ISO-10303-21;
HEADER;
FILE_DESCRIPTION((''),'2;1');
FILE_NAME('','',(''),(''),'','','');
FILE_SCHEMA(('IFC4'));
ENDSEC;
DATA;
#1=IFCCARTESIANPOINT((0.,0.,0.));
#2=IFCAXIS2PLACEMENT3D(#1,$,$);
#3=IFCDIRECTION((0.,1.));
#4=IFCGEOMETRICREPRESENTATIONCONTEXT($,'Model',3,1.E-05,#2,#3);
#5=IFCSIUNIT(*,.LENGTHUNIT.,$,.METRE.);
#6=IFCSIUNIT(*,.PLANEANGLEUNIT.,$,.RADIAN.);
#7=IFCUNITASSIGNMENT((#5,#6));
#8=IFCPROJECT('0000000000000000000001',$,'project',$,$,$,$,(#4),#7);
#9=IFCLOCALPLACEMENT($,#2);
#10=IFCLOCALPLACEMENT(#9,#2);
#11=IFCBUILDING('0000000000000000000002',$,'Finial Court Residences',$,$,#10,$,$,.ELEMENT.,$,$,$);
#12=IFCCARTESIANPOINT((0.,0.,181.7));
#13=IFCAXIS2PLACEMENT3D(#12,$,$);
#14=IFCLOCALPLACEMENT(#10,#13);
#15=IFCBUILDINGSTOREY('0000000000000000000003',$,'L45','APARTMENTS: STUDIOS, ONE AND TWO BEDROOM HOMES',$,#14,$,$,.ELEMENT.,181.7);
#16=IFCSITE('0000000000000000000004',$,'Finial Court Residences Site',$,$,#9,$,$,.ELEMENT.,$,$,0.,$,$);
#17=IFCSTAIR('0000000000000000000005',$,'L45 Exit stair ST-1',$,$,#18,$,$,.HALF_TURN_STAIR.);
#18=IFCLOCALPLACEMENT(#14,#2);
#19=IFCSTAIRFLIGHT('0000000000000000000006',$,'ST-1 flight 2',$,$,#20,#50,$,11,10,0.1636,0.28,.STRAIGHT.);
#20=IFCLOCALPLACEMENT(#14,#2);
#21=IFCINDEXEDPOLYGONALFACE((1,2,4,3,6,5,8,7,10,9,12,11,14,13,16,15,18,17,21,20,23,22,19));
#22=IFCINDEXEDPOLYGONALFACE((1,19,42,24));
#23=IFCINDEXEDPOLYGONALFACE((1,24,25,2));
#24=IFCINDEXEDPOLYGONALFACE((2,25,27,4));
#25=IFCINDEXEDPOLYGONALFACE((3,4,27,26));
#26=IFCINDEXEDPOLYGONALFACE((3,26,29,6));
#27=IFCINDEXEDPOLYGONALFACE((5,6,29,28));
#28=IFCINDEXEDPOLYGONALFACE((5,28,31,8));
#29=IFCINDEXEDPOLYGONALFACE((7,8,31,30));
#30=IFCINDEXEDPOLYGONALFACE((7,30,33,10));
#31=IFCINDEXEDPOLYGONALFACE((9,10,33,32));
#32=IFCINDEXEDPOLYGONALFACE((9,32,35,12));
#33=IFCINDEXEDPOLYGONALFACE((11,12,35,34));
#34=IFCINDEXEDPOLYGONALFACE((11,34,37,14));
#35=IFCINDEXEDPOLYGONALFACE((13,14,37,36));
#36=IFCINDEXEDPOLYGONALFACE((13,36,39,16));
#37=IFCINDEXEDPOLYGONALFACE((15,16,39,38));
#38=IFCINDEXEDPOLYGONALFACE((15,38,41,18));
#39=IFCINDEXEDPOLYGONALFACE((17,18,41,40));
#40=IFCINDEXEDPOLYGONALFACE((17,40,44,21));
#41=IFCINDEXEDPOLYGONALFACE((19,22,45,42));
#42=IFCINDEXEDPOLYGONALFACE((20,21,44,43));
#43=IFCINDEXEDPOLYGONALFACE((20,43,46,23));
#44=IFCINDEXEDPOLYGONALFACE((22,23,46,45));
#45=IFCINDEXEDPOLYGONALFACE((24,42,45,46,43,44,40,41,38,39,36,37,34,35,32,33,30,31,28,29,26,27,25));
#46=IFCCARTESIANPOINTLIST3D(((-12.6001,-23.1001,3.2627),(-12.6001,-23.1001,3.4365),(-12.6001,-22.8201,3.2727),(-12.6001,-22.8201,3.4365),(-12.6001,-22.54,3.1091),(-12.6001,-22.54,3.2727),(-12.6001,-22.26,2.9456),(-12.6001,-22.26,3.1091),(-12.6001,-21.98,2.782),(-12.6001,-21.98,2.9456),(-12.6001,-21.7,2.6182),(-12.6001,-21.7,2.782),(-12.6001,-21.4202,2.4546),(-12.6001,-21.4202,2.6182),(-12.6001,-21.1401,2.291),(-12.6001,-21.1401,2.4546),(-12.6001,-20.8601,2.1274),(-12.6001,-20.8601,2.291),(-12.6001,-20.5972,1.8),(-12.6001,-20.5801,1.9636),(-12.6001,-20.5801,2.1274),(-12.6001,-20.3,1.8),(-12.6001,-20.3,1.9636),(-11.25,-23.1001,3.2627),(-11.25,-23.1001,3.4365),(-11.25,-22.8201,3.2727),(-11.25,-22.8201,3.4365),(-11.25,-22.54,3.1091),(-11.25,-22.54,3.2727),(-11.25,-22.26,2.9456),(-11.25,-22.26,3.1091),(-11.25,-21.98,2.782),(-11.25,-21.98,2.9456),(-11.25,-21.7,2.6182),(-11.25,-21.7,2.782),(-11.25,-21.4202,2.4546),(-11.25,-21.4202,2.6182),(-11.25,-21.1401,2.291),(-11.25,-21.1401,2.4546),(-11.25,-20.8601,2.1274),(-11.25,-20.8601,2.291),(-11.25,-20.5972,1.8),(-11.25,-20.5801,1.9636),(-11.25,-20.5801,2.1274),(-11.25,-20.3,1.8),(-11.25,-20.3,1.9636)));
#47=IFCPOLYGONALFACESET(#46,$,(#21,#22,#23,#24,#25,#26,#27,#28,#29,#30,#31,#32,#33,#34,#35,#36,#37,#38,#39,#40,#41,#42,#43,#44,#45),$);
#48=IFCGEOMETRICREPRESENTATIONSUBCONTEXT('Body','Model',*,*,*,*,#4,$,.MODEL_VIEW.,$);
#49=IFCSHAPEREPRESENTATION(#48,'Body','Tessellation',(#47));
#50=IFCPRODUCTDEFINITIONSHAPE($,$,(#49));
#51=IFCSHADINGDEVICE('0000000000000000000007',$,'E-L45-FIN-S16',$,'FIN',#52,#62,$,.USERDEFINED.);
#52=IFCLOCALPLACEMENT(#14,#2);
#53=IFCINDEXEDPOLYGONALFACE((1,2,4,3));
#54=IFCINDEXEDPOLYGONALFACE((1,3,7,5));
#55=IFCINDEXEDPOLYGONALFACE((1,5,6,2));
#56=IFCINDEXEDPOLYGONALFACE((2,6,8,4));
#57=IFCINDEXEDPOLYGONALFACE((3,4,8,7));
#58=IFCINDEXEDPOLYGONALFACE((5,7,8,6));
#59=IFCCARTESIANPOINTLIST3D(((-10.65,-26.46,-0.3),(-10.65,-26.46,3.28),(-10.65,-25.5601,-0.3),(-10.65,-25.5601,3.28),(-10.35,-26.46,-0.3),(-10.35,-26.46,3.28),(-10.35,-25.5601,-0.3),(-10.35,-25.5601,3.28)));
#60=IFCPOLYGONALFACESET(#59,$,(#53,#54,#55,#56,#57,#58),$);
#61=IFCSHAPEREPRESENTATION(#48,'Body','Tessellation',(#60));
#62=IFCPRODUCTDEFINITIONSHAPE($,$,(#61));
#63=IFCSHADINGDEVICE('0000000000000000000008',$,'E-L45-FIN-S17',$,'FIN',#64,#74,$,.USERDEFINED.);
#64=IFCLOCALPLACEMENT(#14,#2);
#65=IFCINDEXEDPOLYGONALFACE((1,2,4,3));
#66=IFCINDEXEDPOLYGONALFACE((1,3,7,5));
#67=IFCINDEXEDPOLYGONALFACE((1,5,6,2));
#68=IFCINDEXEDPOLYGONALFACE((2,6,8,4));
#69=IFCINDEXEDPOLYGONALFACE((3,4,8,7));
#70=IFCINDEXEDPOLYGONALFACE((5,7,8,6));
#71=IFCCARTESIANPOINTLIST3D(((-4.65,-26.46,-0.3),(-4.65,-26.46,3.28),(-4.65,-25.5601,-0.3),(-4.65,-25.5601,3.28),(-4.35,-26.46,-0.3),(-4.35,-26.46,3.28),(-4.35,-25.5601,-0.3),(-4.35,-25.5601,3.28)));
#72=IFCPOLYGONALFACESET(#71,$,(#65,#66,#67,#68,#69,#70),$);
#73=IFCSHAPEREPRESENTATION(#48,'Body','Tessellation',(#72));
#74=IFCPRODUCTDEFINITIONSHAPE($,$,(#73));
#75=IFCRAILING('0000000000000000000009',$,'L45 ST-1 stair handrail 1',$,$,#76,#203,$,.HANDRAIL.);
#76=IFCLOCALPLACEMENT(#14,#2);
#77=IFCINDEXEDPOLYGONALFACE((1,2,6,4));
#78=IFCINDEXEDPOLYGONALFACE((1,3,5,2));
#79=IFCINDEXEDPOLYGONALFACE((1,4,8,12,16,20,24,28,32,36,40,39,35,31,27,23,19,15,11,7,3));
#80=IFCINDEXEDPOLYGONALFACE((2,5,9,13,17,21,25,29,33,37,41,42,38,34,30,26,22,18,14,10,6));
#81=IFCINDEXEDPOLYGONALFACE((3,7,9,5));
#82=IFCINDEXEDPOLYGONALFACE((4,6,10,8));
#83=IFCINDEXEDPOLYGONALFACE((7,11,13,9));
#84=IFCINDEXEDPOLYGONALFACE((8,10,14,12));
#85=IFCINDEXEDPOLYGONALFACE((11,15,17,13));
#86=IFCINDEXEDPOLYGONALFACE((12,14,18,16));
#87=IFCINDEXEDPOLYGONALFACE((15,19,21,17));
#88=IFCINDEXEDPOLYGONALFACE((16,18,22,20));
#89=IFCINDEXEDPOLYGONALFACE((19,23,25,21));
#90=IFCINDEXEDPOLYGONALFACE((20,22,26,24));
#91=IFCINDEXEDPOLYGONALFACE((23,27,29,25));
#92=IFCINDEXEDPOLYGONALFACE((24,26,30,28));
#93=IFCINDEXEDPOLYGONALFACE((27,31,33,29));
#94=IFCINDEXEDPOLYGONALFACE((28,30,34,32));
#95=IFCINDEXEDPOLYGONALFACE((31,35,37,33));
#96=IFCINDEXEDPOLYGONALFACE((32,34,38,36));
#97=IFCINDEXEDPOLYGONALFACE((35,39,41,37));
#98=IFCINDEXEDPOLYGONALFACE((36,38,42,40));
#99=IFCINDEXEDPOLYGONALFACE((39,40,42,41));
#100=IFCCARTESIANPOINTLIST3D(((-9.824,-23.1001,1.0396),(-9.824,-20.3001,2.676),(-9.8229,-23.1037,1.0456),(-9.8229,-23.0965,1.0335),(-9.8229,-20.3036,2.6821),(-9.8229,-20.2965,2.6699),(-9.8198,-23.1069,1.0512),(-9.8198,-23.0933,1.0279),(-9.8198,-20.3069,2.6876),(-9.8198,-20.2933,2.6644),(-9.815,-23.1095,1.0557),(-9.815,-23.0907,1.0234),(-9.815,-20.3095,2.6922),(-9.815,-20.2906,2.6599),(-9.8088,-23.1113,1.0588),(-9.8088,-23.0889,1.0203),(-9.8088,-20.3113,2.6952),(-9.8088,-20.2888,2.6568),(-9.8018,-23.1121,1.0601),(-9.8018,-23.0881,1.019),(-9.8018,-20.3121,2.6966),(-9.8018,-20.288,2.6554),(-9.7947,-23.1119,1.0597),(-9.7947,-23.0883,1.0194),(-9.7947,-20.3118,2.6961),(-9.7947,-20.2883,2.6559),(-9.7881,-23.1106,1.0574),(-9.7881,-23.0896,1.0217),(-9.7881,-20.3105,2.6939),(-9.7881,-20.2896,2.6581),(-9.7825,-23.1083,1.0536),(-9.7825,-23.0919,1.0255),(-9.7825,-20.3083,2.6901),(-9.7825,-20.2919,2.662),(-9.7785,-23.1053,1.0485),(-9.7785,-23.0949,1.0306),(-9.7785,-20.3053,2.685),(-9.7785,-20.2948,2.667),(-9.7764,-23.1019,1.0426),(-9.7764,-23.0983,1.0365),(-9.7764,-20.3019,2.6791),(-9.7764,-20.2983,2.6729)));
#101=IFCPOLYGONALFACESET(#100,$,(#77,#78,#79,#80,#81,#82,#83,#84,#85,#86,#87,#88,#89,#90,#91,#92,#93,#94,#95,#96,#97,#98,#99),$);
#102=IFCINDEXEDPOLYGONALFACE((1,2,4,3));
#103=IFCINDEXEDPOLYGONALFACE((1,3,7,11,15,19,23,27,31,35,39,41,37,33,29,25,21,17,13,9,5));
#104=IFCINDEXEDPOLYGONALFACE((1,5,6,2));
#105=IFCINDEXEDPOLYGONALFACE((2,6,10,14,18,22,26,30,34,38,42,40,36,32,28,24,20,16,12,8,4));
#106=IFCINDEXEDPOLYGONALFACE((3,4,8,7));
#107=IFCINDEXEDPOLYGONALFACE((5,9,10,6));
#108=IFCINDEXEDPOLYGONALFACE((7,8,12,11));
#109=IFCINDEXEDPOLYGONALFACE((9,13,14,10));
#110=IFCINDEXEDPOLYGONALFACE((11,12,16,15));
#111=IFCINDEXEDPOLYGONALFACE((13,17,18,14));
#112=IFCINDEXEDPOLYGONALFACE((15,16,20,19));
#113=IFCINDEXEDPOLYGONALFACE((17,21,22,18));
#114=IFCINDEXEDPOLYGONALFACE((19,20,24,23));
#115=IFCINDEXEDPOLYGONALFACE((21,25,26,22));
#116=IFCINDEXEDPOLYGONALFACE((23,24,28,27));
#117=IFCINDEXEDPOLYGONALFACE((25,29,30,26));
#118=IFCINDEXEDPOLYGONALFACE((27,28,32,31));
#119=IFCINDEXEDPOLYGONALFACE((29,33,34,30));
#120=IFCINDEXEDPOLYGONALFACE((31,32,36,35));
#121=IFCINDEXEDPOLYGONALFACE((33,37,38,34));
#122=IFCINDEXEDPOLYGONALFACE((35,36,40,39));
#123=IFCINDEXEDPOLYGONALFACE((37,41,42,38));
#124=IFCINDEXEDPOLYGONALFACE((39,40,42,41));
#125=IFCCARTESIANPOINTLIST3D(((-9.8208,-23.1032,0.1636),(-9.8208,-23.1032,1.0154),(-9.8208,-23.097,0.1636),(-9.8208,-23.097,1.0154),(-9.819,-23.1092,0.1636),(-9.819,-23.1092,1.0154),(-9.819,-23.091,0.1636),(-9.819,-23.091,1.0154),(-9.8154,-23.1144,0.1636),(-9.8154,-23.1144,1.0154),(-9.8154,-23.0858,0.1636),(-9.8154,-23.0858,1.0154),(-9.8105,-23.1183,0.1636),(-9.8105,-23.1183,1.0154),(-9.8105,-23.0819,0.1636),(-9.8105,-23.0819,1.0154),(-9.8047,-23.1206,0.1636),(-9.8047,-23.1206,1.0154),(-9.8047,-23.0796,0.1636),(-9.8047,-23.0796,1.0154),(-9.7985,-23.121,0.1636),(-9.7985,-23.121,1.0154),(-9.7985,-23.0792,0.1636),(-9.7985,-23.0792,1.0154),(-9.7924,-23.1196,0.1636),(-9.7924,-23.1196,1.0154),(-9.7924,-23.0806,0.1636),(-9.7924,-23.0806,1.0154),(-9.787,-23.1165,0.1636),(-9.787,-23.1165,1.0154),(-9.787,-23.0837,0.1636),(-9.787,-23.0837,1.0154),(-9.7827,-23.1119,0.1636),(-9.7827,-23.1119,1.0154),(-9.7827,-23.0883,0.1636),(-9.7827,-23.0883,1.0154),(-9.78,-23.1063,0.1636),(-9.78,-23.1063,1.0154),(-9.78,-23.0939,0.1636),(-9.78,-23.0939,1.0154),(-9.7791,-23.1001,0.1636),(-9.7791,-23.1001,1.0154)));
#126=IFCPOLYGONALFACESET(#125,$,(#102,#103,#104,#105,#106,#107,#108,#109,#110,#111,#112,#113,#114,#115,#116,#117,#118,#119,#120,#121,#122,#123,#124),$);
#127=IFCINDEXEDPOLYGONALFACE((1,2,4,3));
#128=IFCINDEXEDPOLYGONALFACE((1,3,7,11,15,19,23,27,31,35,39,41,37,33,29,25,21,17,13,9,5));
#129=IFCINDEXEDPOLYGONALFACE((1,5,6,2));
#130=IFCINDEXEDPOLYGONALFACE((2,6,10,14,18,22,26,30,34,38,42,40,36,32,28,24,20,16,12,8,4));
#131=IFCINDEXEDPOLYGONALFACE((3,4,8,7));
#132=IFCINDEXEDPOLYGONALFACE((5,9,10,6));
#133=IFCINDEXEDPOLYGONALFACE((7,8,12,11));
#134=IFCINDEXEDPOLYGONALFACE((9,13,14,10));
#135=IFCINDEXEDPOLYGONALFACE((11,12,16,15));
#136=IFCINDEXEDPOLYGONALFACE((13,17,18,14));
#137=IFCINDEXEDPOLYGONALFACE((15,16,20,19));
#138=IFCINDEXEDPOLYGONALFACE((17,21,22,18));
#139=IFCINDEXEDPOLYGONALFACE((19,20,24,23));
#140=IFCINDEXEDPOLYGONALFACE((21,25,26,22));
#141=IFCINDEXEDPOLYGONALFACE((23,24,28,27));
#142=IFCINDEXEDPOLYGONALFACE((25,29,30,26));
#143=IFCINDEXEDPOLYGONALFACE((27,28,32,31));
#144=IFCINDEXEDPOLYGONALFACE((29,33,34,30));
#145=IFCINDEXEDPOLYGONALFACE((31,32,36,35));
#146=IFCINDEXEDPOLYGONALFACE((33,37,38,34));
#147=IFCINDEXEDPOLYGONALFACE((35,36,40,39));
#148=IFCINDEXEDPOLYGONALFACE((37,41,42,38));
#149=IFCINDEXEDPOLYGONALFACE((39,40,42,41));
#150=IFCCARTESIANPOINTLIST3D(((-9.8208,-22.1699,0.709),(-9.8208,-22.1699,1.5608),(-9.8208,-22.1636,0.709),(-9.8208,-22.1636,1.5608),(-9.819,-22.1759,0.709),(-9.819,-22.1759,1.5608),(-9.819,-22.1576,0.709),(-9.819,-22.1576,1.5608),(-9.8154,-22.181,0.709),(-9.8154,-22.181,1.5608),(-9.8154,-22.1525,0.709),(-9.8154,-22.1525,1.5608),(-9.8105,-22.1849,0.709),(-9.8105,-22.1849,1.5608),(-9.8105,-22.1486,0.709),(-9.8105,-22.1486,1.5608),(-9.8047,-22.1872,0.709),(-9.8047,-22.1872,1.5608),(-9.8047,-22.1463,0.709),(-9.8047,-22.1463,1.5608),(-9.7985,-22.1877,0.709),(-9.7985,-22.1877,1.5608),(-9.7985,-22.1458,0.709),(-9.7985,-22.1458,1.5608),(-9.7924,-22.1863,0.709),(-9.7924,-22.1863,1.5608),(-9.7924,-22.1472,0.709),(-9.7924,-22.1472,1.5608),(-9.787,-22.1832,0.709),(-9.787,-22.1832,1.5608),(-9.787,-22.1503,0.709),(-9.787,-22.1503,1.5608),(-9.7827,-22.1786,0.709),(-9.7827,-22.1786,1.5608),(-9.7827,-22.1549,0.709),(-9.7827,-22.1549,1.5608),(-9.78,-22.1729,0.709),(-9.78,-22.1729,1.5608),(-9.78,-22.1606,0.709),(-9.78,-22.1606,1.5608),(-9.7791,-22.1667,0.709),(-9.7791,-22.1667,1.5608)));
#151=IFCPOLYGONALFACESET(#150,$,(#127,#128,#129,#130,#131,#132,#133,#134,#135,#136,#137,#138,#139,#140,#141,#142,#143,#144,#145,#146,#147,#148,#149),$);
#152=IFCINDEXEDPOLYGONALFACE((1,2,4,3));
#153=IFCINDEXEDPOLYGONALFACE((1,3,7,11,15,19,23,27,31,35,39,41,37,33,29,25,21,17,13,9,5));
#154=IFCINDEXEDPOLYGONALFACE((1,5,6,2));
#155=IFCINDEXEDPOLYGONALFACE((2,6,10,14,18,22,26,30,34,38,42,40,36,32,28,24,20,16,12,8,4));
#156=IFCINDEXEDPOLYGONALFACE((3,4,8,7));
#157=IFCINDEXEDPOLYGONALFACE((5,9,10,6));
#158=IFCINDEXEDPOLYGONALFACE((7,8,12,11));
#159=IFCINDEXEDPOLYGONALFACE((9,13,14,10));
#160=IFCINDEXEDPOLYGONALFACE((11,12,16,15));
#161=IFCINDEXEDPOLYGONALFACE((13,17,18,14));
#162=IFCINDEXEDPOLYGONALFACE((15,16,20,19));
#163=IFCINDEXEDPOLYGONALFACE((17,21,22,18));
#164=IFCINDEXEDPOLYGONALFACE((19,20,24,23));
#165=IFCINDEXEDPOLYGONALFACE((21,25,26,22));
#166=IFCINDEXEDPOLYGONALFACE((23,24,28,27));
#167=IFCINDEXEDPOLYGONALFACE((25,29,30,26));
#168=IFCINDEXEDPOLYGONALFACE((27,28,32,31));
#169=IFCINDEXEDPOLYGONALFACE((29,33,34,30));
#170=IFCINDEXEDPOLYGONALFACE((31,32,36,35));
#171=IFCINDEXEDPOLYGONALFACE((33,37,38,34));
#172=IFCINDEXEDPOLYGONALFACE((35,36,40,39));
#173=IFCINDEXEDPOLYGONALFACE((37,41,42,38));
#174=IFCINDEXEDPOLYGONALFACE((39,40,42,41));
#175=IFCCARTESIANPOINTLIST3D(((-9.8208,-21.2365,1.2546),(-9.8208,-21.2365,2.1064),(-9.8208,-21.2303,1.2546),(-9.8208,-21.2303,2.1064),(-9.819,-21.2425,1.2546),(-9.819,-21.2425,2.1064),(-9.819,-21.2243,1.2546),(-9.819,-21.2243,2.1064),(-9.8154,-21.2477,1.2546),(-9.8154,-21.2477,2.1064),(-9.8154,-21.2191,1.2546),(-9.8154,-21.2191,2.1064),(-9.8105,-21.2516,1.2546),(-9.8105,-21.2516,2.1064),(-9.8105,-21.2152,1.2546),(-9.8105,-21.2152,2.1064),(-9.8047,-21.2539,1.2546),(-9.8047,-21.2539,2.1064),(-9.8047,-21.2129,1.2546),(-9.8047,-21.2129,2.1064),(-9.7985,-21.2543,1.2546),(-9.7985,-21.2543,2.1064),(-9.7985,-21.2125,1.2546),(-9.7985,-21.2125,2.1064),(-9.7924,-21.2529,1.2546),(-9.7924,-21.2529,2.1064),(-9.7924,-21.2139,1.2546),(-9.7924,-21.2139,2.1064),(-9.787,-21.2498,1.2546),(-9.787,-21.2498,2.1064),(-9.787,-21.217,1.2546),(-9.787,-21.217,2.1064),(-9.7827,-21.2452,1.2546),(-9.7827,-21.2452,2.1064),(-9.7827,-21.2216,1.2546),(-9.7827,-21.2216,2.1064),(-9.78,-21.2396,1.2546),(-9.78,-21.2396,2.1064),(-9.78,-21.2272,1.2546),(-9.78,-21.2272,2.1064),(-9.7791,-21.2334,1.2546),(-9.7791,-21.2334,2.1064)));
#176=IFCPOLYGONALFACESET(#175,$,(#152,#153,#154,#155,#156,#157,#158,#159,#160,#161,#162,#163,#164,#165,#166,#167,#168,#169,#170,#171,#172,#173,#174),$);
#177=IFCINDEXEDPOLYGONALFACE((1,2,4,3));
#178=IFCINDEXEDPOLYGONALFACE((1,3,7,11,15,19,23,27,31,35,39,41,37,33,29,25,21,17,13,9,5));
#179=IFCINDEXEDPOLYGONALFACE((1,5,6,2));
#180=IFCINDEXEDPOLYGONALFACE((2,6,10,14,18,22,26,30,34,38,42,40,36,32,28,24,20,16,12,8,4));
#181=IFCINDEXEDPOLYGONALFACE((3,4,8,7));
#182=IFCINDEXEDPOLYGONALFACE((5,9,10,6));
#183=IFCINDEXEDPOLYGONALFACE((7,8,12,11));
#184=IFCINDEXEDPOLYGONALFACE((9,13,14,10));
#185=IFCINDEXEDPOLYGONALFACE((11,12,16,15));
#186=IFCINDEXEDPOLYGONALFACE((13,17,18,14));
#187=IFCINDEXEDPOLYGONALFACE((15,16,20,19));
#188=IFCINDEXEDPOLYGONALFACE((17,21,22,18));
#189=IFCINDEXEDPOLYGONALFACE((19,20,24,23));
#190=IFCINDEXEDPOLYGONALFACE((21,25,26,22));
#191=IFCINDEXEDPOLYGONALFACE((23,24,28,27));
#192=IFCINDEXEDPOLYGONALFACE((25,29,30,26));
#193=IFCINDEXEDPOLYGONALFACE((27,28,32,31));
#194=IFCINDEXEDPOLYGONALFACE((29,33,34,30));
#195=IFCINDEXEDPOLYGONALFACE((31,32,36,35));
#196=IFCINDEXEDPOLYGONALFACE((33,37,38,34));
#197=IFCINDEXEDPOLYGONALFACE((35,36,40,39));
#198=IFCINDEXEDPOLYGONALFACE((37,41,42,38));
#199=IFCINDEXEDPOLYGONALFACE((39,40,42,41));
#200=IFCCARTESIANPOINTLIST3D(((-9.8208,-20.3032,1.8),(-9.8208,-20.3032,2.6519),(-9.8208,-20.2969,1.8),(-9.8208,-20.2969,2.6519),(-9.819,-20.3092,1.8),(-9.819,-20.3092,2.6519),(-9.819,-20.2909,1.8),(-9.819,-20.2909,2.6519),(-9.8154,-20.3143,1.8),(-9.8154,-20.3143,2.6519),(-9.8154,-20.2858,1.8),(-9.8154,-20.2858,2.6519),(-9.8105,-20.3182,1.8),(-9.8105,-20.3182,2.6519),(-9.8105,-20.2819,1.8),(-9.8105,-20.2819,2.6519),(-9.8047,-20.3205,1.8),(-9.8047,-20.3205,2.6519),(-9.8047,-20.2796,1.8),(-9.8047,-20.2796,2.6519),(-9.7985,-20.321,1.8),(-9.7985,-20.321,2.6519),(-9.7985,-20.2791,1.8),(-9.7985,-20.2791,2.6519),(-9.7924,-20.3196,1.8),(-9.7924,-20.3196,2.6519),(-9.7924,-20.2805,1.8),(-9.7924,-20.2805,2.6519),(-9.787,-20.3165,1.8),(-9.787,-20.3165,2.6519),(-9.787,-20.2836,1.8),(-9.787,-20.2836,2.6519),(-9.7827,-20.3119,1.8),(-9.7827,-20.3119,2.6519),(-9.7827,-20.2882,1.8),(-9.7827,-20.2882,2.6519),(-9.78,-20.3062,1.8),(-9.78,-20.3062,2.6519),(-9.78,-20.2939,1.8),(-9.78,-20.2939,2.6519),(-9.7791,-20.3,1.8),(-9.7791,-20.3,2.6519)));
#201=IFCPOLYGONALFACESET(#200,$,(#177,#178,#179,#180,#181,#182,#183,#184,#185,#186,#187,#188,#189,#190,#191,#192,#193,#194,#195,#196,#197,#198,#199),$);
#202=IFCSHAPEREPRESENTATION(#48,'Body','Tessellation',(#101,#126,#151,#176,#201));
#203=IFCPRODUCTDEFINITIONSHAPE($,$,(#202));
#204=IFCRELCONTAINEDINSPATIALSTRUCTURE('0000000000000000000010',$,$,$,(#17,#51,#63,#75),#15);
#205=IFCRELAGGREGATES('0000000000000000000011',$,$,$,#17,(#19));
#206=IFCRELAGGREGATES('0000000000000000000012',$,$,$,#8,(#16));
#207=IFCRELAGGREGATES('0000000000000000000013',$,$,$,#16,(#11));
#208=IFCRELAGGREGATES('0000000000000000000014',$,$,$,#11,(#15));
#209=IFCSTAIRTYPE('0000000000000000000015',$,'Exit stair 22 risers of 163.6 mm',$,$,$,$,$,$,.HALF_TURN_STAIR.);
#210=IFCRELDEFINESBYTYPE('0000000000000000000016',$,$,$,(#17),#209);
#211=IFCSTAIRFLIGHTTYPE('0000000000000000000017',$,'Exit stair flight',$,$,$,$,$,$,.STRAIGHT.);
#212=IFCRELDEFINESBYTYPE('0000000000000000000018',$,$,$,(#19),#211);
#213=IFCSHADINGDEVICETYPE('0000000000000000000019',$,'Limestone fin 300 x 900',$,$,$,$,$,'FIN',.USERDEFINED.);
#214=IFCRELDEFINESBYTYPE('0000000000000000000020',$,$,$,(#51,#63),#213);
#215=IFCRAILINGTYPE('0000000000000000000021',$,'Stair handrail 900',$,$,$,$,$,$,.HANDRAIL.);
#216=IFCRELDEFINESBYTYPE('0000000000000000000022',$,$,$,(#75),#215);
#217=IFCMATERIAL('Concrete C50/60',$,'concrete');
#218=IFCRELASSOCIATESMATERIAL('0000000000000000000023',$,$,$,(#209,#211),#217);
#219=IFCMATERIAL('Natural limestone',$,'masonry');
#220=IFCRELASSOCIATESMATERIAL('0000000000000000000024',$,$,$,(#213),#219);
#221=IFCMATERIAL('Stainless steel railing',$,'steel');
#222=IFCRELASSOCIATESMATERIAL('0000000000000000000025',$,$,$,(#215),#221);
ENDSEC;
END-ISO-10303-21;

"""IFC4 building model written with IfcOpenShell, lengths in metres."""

from ifc_helpers import new_model, si_unit, direction, frame, origin, origin_2d, place, context, subcontext, project, spatial, polyline, rectangle, circle, outline, extrude, material, type_object, element, aggregate, save


model = new_model("IFC4")

# Units and contexts
model_context = context("Model", 3, precision=1e-05, world=origin(), true_north=direction((0.0, 1.0)))
body_context = subcontext(model_context, "Body", "Model", "MODEL_VIEW")
ifc_project = project(units=[si_unit("LENGTHUNIT", "METRE"), si_unit("PLANEANGLEUNIT", "RADIAN")], contexts=[model_context])

# Site, building, storey
site_placement = place(None, origin())
site = spatial("IfcSite", under=ifc_project, at=site_placement, Name="Finial Court Residences Site", CompositionType="ELEMENT", RefElevation=0.0)
building_placement = place(site_placement, origin())
building = spatial("IfcBuilding", under=site, at=building_placement, Name="Finial Court Residences", CompositionType="ELEMENT")
storey_placement = place(building_placement, frame((0.0, 0.0, 181.7)))
storey = spatial("IfcBuildingStorey", under=building, at=storey_placement, Name="L45", Description="APARTMENTS: STUDIOS, ONE AND TWO BEDROOM HOMES", CompositionType="ELEMENT", Elevation=181.7)

# Stair, stair flight
ifc_material_1 = material(Name="Concrete C50/60", Category="concrete")
stair_type = type_object("IfcStairType", Name="Exit stair 22 risers of 163.6 mm", PredefinedType="HALF_TURN_STAIR", material=ifc_material_1)
stair_placement = place(storey_placement, origin())
stair = element("IfcStair", 1, at=stair_placement, inside=storey, type_object=stair_type, Name="L45 Exit stair ST-1", PredefinedType="HALF_TURN_STAIR")
stair_flight_type = type_object("IfcStairFlightType", Name="Exit stair flight", PredefinedType="STRAIGHT", material=ifc_material_1)
stair_flight_1_placement = place(storey_placement, frame((-11.925, -20.3, 1.8), z_axis=(0.0, 0.0, 1.0), x_axis=(0.0, -1.0, 0.0)))
stair_flight_1 = element("IfcStairFlight", 2, at=stair_flight_1_placement, type_object=stair_flight_type, Name="ST-1 flight 2", NumberOfRisers=11, NumberOfTreads=10, PredefinedType="STRAIGHT", RiserHeight=0.1636, TreadLength=0.28, context=body_context, shape_type="SweptSolid", body=[
    extrude(outline(polyline([(0.0, 0.0), (0.0, 0.1636), (0.28, 0.1636), (0.28, 0.3274), (0.5601, 0.3274), (0.5601, 0.491), (0.8401, 0.491), (0.8401, 0.6545), (1.1201, 0.6545), (1.1201, 0.8181), (1.3999, 0.8181), (1.3999, 0.9819), (1.6799, 0.9819), (1.6799, 1.1455), (1.96, 1.1455), (1.96, 1.3091), (2.24, 1.3091), (2.24, 1.4727), (2.52, 1.4727), (2.52, 1.6365), (2.8, 1.6365), (2.8, 1.8), (2.8, 1.4626), (0.2971, 0.0), (0.0, 0.0)])), frame((0.0, 0.675, 0.0), z_axis=(0.0, -1.0, 0.0), x_axis=(1.0, 0.0, 0.0)), (0.0, 0.0, 1.0), 1.3501),
])
aggregate(stair, [stair_flight_1])

# Shading devices
ifc_material_2 = material(Name="Natural limestone", Category="masonry")
shading_device_type = type_object("IfcShadingDeviceType", Name="Limestone fin 300 x 900", ElementType="FIN", PredefinedType="USERDEFINED", material=ifc_material_2)
for number, where, z_axis, x_axis, name in (
    (3, (-10.5, -26.01, -0.3), (0.0, 0.0, 1.0), (1.0, 0.0, 0.0), "E-L45-FIN-S16"),
    (4, (-4.5, -26.01, -0.3), (0.0, 0.0, 1.0), (1.0, 0.0, 0.0), "E-L45-FIN-S17"),
):
    element("IfcShadingDevice", number, at=place(storey_placement, frame(where, z_axis=z_axis, x_axis=x_axis)), inside=storey, type_object=shading_device_type, Name=name, ObjectType="FIN", PredefinedType="USERDEFINED", context=body_context, shape_type="SweptSolid", body=[
        extrude(rectangle(XDim=0.3, YDim=0.8999, at=origin_2d()), origin(), (0.0, 0.0, 1.0), 3.5801),
    ])

# Railing
ifc_material_3 = material(Name="Stainless steel railing", Category="steel")
railing_type_1 = type_object("IfcRailingType", Name="Stair handrail 900", PredefinedType="HANDRAIL", material=ifc_material_3)
railing_1_placement = place(storey_placement, frame((-9.8, -23.1001, 0.1636)))
element("IfcRailing", 5, at=railing_1_placement, inside=storey, type_object=railing_type_1, Name="L45 ST-1 stair handrail 1", PredefinedType="HANDRAIL", context=body_context, shape_type="SweptSolid", body=[
    extrude(circle(Radius=0.0239, at=origin_2d()), frame((0.0, 0.0, 0.876), z_axis=(0.0, 0.863361, 0.504587), x_axis=(-1.0, 0.0, 0.0)), (0.0, 0.0, 1.0), 3.2432),
    extrude(circle(Radius=0.021, at=origin_2d()), origin(), (0.0, 0.0, 1.0), 0.8518),
    extrude(circle(Radius=0.021, at=origin_2d()), frame((0.0, 0.9333, 0.5454)), (0.0, 0.0, 1.0), 0.8518),
    extrude(circle(Radius=0.021, at=origin_2d()), frame((0.0, 1.8667, 1.0911)), (0.0, 0.0, 1.0), 0.8518),
    extrude(circle(Radius=0.021, at=origin_2d()), frame((0.0, 2.8, 1.6365)), (0.0, 0.0, 1.0), 0.8518),
])

save(model, "model.ifc")
